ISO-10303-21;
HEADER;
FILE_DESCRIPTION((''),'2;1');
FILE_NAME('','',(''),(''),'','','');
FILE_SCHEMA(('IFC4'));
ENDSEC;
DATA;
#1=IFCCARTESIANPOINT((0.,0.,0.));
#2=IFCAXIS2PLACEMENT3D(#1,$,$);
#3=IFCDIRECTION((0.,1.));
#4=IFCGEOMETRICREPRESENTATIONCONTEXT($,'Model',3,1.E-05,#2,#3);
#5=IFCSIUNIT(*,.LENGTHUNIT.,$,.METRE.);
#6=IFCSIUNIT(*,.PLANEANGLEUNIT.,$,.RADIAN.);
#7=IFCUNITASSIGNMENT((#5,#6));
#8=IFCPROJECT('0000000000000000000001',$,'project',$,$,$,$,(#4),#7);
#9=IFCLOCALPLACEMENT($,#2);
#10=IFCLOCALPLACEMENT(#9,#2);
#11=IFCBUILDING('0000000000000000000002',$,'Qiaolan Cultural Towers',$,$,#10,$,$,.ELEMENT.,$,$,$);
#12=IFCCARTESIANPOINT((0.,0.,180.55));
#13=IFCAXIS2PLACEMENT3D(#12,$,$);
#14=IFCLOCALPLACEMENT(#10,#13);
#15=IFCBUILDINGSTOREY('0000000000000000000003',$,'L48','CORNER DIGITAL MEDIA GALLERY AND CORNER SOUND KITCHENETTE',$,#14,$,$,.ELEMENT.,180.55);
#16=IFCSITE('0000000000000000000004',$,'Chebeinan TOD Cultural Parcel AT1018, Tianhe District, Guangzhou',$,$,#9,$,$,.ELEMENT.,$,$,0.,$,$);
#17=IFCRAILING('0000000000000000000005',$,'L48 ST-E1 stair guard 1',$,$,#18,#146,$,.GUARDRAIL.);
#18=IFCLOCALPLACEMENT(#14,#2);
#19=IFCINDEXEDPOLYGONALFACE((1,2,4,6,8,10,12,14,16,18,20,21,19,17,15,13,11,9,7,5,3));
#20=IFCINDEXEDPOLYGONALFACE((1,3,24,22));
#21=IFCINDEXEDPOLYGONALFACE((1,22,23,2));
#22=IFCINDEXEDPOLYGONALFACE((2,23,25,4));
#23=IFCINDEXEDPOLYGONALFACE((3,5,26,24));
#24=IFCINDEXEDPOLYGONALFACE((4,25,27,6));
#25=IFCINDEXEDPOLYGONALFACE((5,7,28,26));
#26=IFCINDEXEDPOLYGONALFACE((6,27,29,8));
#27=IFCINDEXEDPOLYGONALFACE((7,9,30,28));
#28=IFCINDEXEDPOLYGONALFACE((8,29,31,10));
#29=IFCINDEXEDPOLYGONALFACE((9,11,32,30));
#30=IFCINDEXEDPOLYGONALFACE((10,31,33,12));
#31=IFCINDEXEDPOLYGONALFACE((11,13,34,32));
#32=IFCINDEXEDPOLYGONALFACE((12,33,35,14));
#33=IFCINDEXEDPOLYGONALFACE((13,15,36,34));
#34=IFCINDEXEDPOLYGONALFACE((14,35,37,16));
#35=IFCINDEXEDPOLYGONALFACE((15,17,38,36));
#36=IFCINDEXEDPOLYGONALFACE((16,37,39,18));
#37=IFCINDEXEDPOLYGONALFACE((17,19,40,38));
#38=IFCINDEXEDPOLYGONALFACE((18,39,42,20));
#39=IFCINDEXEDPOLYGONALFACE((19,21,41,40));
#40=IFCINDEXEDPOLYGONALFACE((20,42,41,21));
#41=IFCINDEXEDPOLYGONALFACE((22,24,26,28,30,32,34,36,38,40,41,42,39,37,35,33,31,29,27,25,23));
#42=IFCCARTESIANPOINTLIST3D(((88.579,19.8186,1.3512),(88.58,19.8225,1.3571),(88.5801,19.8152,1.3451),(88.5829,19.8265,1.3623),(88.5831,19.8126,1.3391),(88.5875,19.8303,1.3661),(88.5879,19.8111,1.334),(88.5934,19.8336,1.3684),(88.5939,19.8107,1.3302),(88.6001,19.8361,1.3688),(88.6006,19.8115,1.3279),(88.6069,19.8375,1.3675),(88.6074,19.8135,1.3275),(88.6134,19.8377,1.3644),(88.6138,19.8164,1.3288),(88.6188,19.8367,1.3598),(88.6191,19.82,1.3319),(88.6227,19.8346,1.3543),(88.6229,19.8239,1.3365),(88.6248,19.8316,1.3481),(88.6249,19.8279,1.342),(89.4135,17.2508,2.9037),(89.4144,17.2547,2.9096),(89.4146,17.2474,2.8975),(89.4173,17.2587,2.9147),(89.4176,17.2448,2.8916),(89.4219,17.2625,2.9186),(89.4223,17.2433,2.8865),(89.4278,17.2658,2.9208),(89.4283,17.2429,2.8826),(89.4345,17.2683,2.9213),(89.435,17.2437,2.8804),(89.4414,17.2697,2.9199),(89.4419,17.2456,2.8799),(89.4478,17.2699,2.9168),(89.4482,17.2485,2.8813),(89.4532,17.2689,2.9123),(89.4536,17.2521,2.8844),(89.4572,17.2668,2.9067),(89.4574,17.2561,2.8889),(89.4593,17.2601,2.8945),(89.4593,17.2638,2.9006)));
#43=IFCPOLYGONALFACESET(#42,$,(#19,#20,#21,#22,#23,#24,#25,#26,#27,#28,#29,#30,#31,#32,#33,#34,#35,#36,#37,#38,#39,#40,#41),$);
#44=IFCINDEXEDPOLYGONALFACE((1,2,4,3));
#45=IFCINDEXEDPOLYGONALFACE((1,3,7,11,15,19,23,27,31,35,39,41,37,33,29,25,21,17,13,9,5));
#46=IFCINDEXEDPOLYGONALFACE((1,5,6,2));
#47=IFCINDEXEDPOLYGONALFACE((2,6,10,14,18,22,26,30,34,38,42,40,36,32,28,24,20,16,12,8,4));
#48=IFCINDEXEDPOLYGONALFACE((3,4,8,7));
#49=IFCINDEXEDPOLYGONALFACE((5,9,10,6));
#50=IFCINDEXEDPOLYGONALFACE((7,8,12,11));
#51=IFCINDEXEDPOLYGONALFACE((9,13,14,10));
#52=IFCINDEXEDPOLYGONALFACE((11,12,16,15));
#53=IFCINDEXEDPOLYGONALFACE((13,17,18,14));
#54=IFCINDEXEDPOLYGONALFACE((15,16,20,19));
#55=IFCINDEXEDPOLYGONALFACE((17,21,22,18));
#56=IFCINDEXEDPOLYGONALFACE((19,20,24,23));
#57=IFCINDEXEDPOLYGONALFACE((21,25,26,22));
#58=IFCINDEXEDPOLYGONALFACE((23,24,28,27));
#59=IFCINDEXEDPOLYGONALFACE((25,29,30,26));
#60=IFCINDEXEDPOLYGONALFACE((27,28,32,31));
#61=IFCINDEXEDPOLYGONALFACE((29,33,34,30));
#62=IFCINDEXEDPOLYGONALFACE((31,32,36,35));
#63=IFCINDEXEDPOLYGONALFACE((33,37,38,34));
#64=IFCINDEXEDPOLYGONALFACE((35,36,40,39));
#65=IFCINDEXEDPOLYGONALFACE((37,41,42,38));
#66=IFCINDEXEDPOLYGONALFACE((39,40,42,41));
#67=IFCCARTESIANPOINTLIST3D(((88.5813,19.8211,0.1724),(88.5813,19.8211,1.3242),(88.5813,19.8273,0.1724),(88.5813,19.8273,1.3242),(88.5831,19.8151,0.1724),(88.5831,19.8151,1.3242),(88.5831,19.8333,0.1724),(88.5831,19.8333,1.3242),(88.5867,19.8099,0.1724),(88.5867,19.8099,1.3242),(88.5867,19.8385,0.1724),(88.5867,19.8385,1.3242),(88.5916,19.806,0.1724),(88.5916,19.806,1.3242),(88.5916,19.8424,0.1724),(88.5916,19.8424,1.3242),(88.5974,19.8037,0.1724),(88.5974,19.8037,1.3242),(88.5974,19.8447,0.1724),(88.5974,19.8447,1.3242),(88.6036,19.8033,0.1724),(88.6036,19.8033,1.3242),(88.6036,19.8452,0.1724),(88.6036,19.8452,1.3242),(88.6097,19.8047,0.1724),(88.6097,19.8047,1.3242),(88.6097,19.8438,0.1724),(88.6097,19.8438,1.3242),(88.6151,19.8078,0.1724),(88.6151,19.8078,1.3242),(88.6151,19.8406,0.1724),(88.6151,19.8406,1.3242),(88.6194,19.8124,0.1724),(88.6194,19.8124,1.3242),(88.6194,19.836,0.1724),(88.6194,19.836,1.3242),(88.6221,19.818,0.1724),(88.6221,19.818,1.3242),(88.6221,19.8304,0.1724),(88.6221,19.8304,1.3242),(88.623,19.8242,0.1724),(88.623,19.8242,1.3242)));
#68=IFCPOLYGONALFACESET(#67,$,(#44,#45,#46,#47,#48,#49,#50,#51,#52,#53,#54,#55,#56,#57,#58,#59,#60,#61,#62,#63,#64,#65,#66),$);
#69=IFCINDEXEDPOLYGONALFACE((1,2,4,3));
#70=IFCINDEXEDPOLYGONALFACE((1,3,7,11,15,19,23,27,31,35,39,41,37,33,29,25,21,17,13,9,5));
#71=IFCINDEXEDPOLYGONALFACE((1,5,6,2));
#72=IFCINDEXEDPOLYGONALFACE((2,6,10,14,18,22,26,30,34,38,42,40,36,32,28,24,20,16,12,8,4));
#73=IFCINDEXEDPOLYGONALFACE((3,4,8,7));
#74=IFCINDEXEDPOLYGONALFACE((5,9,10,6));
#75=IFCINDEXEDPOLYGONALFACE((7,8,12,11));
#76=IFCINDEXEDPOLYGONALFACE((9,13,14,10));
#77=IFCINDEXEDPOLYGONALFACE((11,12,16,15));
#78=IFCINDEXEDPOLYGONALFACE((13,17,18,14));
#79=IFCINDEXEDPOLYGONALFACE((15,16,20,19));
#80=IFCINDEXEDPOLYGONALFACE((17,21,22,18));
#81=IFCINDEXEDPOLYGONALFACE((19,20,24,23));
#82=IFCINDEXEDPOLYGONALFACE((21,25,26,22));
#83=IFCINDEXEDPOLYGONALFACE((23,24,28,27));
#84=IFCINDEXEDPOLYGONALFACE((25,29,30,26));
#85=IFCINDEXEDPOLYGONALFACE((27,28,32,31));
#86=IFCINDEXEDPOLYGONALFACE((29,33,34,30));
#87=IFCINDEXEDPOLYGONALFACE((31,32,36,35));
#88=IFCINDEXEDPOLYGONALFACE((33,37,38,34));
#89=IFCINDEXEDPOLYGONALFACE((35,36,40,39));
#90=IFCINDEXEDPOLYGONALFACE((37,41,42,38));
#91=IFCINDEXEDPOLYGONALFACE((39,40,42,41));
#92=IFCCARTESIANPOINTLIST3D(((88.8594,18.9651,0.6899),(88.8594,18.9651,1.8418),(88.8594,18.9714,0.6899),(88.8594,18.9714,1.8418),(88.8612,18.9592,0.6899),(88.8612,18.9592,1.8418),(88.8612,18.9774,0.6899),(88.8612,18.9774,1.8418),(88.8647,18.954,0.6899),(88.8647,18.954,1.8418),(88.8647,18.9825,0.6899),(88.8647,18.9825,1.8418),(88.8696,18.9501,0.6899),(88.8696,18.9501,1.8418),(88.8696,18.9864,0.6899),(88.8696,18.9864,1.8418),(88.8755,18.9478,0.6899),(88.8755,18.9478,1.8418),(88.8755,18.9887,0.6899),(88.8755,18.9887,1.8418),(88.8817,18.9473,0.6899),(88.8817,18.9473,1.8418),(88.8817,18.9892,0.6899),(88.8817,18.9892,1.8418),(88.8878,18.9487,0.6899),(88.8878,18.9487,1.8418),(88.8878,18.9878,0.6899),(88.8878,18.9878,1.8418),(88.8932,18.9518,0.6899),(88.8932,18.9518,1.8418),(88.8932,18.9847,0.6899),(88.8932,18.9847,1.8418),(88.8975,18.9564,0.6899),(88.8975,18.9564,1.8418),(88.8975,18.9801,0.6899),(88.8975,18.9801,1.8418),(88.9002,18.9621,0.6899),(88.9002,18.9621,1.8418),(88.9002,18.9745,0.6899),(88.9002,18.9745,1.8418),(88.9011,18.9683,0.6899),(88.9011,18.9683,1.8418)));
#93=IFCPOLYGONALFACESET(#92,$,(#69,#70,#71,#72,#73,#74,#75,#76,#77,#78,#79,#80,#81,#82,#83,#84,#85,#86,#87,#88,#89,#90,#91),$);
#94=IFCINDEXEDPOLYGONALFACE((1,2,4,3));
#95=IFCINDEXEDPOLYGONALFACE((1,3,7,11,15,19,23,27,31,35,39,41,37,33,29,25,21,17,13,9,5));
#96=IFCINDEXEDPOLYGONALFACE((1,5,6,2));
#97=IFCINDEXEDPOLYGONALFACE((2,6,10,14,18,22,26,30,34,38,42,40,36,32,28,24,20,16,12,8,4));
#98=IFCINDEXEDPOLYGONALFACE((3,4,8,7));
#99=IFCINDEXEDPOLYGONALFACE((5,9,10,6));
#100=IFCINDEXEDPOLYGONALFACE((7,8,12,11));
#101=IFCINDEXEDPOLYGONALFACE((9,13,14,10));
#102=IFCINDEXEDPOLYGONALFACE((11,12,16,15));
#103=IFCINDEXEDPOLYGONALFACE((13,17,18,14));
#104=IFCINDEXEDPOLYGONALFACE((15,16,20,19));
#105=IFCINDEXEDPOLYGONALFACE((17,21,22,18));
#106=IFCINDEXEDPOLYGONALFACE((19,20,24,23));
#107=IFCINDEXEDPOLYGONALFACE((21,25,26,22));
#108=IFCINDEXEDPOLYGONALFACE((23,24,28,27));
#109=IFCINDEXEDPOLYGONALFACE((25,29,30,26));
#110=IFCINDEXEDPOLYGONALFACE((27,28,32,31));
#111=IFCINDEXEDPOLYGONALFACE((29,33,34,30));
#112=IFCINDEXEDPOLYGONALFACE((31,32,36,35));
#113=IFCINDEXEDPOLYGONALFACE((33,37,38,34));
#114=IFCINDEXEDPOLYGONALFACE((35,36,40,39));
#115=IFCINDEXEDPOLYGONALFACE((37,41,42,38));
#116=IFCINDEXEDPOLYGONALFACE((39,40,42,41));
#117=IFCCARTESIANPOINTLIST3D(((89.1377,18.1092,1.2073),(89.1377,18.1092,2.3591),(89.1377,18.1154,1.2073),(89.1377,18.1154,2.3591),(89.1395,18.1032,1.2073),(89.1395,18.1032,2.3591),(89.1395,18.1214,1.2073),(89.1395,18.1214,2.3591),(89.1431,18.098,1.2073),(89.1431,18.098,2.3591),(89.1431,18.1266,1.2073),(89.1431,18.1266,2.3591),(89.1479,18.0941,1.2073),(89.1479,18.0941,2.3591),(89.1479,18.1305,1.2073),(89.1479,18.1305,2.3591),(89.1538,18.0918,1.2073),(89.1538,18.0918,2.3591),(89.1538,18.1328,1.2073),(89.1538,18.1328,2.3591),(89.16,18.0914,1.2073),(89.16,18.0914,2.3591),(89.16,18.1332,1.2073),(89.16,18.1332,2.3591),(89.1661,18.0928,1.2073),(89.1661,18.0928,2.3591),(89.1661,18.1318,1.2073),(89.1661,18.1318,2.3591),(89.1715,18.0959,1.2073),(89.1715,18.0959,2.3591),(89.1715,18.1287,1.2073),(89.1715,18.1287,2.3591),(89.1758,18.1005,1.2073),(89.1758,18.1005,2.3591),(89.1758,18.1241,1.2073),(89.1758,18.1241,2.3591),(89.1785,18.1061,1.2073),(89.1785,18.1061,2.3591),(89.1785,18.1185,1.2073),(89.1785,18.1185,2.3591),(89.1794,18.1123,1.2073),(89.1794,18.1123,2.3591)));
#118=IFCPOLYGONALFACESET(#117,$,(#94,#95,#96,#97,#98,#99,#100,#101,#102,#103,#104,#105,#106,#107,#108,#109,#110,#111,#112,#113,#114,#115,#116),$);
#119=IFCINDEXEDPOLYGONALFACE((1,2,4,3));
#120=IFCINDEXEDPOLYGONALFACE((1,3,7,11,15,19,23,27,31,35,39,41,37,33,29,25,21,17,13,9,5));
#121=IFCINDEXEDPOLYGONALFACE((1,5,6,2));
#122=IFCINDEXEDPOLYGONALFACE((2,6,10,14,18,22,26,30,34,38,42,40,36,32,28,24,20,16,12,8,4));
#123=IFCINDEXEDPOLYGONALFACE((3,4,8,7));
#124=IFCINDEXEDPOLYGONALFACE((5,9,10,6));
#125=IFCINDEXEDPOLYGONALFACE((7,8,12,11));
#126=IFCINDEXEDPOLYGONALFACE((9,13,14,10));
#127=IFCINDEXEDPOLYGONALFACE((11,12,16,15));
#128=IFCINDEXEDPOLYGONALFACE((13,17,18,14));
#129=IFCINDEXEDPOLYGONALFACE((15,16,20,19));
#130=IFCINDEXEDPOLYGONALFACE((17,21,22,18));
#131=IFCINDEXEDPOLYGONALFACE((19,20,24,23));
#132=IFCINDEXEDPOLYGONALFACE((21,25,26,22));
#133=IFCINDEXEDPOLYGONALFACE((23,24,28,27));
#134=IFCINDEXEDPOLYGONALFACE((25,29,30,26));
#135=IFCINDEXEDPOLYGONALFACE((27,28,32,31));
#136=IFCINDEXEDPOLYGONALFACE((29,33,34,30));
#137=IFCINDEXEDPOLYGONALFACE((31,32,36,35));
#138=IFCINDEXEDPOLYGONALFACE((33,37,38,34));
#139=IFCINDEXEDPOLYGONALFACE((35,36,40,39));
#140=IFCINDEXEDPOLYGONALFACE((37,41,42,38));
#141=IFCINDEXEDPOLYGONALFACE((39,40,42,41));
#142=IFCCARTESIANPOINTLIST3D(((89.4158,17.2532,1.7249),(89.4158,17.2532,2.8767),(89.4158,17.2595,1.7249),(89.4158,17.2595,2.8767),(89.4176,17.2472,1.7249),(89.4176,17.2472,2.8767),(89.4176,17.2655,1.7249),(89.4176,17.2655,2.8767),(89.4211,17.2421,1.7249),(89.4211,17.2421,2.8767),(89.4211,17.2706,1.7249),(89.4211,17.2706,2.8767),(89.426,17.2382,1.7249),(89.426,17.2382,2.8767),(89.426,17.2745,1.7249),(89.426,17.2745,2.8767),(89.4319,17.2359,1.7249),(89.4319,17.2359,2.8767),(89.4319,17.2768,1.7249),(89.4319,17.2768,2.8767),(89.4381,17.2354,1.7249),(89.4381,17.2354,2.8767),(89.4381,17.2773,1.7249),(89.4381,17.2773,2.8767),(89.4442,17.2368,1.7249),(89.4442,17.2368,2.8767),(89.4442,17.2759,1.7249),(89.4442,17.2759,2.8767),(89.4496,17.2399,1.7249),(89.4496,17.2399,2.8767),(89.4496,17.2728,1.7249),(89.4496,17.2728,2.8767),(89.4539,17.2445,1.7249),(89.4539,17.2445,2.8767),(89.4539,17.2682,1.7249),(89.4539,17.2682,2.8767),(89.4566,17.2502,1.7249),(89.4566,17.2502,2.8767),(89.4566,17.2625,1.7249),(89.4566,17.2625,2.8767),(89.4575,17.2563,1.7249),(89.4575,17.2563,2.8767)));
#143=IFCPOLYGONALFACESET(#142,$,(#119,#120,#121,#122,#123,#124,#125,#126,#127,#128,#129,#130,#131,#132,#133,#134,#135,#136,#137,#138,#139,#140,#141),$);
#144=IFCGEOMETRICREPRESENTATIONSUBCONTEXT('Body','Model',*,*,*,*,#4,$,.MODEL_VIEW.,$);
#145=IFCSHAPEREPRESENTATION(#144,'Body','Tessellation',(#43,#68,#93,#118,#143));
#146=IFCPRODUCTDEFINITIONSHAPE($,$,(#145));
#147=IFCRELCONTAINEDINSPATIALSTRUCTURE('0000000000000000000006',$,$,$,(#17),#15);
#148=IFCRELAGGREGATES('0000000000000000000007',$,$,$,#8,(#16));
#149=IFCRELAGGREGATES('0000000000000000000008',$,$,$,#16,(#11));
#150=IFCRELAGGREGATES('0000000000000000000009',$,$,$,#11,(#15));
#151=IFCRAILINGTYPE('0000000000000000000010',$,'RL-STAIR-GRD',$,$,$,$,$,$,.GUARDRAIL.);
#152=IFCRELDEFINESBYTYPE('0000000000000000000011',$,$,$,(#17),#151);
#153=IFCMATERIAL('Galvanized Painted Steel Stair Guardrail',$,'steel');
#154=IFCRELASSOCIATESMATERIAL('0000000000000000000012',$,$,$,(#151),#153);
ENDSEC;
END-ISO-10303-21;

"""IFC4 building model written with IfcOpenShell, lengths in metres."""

from ifc_helpers import new_model, si_unit, direction, frame, origin, origin_2d, place, context, subcontext, project, spatial, circle, extrude, material, type_object, element, save


model = new_model("IFC4")

# Units and contexts
model_context = context("Model", 3, precision=1e-05, world=origin(), true_north=direction((0.0, 1.0)))
body_context = subcontext(model_context, "Body", "Model", "MODEL_VIEW")
ifc_project = project(units=[si_unit("LENGTHUNIT", "METRE"), si_unit("PLANEANGLEUNIT", "RADIAN")], contexts=[model_context])

# Site, building, storey
site_placement = place(None, origin())
site = spatial("IfcSite", under=ifc_project, at=site_placement, Name="Chebeinan TOD Cultural Parcel AT1018, Tianhe District, Guangzhou", CompositionType="ELEMENT", RefElevation=0.0)
building_placement = place(site_placement, origin())
building = spatial("IfcBuilding", under=site, at=building_placement, Name="Qiaolan Cultural Towers", CompositionType="ELEMENT")
storey_placement = place(building_placement, frame((0.0, 0.0, 180.55)))
storey = spatial("IfcBuildingStorey", under=building, at=storey_placement, Name="L48", Description="CORNER DIGITAL MEDIA GALLERY AND CORNER SOUND KITCHENETTE", CompositionType="ELEMENT", Elevation=180.55)

# Railing
ifc_material_1 = material(Name="Galvanized Painted Steel Stair Guardrail", Category="steel")
railing_type_1 = type_object("IfcRailingType", Name="RL-STAIR-GRD", PredefinedType="GUARDRAIL", material=ifc_material_1)
railing_1_placement = place(storey_placement, frame((88.6021, 19.8242, 0.1724)))
element("IfcRailing", 1, at=railing_1_placement, inside=storey, type_object=railing_type_1, Name="L48 ST-E1 stair guard 1", PredefinedType="GUARDRAIL", context=body_context, shape_type="SweptSolid", body=[
    extrude(circle(Radius=0.0239, at=origin_2d()), frame((0.0, 0.0, 1.1758), z_axis=(0.267926, -0.824471, 0.498461), x_axis=(0.951043, 0.309057, 0.0)), (0.0, 0.0, 1.0), 3.1145),
    extrude(circle(Radius=0.021, at=origin_2d()), origin(), (0.0, 0.0, 1.0), 1.1519),
    extrude(circle(Radius=0.021, at=origin_2d()), frame((0.2781, -0.856, 0.5176)), (0.0, 0.0, 1.0), 1.1519),
    extrude(circle(Radius=0.021, at=origin_2d()), frame((0.5564, -1.7119, 1.0349)), (0.0, 0.0, 1.0), 1.1519),
    extrude(circle(Radius=0.021, at=origin_2d()), frame((0.8345, -2.5679, 1.5525)), (0.0, 0.0, 1.0), 1.1519),
])

save(model, "model.ifc")
